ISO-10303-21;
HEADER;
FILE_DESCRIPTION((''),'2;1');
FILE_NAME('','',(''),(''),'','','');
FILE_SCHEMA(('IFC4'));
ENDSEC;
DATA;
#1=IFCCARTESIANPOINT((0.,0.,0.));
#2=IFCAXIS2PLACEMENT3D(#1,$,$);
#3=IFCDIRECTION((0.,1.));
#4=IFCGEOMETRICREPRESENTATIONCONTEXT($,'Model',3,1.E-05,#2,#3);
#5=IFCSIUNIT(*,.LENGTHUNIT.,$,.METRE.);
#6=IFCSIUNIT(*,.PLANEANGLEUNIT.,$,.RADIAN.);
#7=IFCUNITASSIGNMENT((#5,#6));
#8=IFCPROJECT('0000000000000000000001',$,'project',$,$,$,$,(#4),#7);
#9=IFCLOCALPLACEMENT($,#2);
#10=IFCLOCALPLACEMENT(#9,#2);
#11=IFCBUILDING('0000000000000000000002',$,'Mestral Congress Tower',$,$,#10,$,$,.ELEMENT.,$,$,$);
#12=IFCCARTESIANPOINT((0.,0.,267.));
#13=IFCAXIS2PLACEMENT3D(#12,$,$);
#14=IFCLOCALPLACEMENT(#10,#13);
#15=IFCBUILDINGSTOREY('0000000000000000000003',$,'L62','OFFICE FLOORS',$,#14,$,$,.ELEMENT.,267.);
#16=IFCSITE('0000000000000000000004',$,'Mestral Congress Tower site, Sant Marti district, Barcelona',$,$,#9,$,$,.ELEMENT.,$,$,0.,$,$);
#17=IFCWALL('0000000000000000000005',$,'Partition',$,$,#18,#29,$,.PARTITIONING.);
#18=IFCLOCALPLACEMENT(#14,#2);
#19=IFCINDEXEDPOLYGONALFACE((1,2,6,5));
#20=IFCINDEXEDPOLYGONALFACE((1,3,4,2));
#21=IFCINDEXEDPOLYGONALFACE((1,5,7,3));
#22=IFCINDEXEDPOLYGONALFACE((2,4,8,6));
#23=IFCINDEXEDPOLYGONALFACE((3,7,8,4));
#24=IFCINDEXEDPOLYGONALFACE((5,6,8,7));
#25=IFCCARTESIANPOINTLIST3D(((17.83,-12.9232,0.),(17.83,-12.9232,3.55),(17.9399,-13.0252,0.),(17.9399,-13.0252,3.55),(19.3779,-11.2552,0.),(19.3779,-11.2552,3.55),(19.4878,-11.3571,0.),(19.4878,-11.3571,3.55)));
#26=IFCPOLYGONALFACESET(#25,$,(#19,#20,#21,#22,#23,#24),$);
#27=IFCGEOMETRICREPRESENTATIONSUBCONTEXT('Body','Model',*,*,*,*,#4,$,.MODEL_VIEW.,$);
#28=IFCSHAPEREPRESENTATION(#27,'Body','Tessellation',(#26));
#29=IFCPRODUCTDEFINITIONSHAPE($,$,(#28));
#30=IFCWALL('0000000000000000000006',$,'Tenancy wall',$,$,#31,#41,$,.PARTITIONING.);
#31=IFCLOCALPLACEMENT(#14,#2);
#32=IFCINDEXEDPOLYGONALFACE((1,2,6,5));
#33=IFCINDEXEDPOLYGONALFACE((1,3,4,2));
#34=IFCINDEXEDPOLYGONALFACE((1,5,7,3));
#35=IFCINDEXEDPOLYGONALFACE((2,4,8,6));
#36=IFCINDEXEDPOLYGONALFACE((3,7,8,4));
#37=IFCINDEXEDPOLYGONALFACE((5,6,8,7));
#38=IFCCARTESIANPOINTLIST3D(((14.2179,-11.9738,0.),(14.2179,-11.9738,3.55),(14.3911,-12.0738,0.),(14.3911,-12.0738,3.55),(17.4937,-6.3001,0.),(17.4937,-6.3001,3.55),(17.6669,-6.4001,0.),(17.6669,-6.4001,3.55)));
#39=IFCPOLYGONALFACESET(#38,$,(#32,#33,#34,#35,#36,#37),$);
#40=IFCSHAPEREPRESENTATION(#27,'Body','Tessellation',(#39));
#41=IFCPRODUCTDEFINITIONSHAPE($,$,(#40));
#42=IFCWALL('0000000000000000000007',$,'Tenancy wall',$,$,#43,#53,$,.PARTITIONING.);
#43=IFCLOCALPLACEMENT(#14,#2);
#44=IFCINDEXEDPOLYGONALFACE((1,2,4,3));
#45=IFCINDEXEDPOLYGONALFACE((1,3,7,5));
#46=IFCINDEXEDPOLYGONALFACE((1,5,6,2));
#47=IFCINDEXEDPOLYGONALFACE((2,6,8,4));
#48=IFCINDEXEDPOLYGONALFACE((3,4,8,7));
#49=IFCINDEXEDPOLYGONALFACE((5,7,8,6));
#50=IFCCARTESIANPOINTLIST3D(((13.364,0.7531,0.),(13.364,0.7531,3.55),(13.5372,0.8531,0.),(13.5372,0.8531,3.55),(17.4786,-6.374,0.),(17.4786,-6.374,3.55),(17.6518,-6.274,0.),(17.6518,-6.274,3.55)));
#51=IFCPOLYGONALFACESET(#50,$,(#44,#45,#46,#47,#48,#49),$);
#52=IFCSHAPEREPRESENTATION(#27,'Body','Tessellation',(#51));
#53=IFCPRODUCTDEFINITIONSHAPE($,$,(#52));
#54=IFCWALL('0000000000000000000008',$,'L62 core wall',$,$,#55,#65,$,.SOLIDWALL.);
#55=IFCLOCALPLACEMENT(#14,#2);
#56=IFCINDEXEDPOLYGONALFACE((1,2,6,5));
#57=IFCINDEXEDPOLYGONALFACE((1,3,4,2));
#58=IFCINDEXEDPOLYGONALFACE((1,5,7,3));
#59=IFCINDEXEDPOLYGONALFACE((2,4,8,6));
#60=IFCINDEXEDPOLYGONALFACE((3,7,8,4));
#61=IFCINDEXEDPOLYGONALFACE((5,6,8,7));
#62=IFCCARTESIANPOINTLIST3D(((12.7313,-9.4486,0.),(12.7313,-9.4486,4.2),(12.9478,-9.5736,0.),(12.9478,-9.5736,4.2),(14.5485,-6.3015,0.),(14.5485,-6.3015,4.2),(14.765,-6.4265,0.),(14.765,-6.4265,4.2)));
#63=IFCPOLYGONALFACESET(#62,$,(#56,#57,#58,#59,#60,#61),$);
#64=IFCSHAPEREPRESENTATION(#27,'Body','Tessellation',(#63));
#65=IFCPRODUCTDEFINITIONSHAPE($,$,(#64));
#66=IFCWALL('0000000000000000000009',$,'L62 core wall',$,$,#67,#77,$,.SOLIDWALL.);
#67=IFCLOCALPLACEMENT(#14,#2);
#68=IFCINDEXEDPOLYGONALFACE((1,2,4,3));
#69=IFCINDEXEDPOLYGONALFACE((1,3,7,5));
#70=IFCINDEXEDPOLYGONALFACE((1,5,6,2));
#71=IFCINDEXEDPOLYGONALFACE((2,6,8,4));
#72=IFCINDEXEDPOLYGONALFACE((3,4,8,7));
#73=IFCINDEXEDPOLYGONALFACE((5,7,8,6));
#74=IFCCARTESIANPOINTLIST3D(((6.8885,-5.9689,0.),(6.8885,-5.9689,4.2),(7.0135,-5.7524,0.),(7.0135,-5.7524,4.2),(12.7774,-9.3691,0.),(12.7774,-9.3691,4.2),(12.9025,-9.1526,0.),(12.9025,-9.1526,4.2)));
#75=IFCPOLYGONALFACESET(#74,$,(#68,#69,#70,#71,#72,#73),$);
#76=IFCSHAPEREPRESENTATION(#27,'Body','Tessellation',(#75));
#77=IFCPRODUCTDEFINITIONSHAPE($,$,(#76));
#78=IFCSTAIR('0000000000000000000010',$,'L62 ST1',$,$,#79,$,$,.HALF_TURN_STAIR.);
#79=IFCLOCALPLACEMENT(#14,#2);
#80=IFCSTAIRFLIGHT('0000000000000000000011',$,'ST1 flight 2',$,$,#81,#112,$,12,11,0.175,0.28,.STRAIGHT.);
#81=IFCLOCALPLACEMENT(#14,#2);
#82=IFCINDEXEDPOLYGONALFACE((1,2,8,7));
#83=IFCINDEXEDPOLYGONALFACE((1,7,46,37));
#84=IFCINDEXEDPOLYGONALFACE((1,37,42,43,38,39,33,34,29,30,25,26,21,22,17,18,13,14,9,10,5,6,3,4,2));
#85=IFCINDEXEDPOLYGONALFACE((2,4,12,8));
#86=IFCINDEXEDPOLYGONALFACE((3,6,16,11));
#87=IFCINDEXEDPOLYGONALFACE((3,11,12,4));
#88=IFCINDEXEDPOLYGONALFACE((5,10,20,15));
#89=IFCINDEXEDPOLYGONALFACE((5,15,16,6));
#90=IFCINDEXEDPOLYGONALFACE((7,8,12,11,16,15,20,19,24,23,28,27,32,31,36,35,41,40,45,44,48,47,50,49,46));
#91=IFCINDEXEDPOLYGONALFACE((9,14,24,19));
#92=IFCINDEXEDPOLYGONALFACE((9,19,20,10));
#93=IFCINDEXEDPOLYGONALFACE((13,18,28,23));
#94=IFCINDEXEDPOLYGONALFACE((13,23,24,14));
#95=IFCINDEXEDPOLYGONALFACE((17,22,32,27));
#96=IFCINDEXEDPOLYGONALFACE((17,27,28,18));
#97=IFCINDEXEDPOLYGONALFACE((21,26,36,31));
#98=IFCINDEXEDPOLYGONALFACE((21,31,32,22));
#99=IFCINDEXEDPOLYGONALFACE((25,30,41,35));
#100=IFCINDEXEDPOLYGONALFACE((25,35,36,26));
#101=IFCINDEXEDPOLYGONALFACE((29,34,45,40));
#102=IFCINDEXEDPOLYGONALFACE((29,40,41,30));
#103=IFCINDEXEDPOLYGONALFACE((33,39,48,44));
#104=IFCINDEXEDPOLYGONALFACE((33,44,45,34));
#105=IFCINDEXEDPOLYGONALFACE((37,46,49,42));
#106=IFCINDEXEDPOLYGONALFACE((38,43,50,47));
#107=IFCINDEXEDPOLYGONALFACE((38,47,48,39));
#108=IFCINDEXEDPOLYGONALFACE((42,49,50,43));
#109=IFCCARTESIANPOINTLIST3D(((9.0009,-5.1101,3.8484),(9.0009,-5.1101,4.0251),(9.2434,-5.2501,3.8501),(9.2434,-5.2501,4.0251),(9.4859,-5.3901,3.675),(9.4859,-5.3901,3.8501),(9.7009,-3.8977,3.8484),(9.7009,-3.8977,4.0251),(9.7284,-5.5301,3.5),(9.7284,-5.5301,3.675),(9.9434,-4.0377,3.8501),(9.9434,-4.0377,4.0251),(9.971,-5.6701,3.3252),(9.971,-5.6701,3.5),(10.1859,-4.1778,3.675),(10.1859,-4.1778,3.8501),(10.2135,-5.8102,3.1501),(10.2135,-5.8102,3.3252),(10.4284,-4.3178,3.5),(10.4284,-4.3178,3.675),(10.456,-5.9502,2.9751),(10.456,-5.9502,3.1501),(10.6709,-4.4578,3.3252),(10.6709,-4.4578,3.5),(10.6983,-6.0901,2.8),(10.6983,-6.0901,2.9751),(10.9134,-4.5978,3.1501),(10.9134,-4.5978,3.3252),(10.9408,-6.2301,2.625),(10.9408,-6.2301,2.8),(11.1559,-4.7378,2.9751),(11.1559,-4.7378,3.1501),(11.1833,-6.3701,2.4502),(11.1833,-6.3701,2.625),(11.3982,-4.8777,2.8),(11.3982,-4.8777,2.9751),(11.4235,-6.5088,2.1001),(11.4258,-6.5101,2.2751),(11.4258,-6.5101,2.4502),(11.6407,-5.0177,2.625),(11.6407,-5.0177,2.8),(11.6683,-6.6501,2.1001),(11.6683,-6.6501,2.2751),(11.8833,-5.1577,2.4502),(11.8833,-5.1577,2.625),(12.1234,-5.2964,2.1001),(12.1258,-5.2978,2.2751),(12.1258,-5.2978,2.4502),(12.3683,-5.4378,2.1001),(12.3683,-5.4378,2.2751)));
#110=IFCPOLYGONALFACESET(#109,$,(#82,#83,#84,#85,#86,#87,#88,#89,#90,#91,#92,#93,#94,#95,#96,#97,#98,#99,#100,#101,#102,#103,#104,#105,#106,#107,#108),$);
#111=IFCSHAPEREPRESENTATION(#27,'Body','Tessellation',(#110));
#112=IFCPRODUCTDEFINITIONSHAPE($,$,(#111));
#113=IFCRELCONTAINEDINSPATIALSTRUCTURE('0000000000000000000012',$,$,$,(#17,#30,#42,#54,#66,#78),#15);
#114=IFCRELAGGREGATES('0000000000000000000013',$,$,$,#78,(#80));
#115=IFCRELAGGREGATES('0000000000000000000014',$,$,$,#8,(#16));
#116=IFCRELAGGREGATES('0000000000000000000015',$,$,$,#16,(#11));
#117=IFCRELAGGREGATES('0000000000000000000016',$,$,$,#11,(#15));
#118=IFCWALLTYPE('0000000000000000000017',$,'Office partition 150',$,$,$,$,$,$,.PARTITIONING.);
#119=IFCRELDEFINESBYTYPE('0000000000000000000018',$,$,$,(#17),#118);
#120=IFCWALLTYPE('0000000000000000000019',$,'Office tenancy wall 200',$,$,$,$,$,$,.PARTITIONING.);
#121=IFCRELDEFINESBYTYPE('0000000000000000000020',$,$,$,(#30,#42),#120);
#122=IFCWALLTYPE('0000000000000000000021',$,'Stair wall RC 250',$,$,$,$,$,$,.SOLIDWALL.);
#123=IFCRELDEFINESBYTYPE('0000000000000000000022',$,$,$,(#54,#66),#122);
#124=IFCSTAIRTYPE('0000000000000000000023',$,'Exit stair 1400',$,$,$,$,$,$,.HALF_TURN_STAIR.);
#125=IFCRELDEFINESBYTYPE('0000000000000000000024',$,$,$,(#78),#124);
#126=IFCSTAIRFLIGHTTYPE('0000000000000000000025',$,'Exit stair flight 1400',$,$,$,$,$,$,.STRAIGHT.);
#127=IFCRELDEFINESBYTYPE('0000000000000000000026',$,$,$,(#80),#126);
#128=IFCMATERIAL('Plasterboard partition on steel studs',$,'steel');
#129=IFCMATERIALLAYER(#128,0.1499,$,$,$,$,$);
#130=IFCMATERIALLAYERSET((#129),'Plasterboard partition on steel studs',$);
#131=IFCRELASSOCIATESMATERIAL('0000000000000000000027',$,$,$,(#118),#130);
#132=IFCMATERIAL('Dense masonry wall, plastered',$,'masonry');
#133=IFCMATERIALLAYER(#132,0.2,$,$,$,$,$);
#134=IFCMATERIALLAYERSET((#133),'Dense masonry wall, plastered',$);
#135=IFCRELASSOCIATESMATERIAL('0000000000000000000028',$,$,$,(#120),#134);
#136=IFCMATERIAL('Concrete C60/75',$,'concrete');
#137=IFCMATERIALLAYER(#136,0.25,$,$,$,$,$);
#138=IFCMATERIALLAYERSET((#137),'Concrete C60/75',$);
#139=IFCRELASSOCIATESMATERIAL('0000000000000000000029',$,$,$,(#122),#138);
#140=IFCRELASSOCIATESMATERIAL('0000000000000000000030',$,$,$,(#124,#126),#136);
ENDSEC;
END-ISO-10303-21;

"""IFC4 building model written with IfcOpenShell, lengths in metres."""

from ifc_helpers import new_model, si_unit, direction, frame, frame_2d, origin, place, context, subcontext, project, spatial, polyline, rectangle, outline, extrude, material, layer, layer_set, type_object, element, aggregate, save


model = new_model("IFC4")

# Units and contexts
model_context = context("Model", 3, precision=1e-05, world=origin(), true_north=direction((0.0, 1.0)))
body_context = subcontext(model_context, "Body", "Model", "MODEL_VIEW")
ifc_project = project(units=[si_unit("LENGTHUNIT", "METRE"), si_unit("PLANEANGLEUNIT", "RADIAN")], contexts=[model_context])

# Site, building, storey
site_placement = place(None, origin())
site = spatial("IfcSite", under=ifc_project, at=site_placement, Name="Mestral Congress Tower site, Sant Marti district, Barcelona", CompositionType="ELEMENT", RefElevation=0.0)
building_placement = place(site_placement, origin())
building = spatial("IfcBuilding", under=site, at=building_placement, Name="Mestral Congress Tower", CompositionType="ELEMENT")
storey_placement = place(building_placement, frame((0.0, 0.0, 267.0)))
storey = spatial("IfcBuildingStorey", under=building, at=storey_placement, Name="L62", Description="OFFICE FLOORS", CompositionType="ELEMENT", Elevation=267.0)

# Shared definitions
ifc_material_1 = material(Name="Concrete C60/75", Category="concrete")

# Shared definitions
ifc_material_2 = material(Name="Plasterboard partition on steel studs", Category="steel")
ifc_layer_1 = layer(ifc_material_2, 0.1499)
ifc_layer_set_1 = layer_set([ifc_layer_1], Name="Plasterboard partition on steel studs")
wall_type_1 = type_object("IfcWallType", Name="Office partition 150", PredefinedType="PARTITIONING", material=ifc_layer_set_1)

# Walls
wall_1_placement = place(storey_placement, frame((17.885, -12.9741, 0.0), z_axis=(0.0, 0.0, 1.0), x_axis=(0.680221, 0.733007, 0.0)))
element("IfcWall", 1, at=wall_1_placement, inside=storey, type_object=wall_type_1, Name="Partition", PredefinedType="PARTITIONING", context=body_context, shape_type="SweptSolid", body=[
    extrude(rectangle(XDim=2.2756, YDim=0.1499, at=frame_2d((1.1377, 0.0))), origin(), (0.0, 0.0, 1.0), 3.55),
])
ifc_material_3 = material(Name="Dense masonry wall, plastered", Category="masonry")
ifc_layer_2 = layer(ifc_material_3, 0.2)
ifc_layer_set_2 = layer_set([ifc_layer_2], Name="Dense masonry wall, plastered")
wall_type_2 = type_object("IfcWallType", Name="Office tenancy wall 200", PredefinedType="PARTITIONING", material=ifc_layer_set_2)
wall_2_placement = place(storey_placement, frame((14.3044, -12.0239, 0.0), z_axis=(0.0, 0.0, 1.0), x_axis=(0.500011, 0.866019, 0.0)))
element("IfcWall", 2, at=wall_2_placement, inside=storey, type_object=wall_type_2, Name="Tenancy wall", PredefinedType="PARTITIONING", context=body_context, shape_type="SweptSolid", body=[
    extrude(rectangle(XDim=6.5515, YDim=0.2, at=frame_2d((3.2759, 0.0))), origin(), (0.0, 0.0, 1.0), 3.55),
])
wall_3_placement = place(storey_placement, frame((17.5652, -6.324, 0.0), z_axis=(0.0, 0.0, 1.0), x_axis=(-0.499978, 0.866038, 0.0)))
element("IfcWall", 3, at=wall_3_placement, inside=storey, type_object=wall_type_2, Name="Tenancy wall", PredefinedType="PARTITIONING", context=body_context, shape_type="SweptSolid", body=[
    extrude(rectangle(XDim=8.2295, YDim=0.2, at=frame_2d((4.1147, 0.0))), origin(), (0.0, 0.0, 1.0), 3.55),
])
ifc_layer_3 = layer(ifc_material_1, 0.25)
ifc_layer_set_3 = layer_set([ifc_layer_3], Name="Concrete C60/75")
wall_type_3 = type_object("IfcWallType", Name="Stair wall RC 250", PredefinedType="SOLIDWALL", material=ifc_layer_set_3)
wall_4_placement = place(storey_placement, frame((12.8396, -9.511, 0.0), z_axis=(0.0, 0.0, 1.0), x_axis=(0.500048, 0.865998, 0.0)))
element("IfcWall", 4, at=wall_4_placement, inside=storey, type_object=wall_type_3, Name="L62 core wall", PredefinedType="SOLIDWALL", context=body_context, shape_type="SweptSolid", body=[
    extrude(rectangle(XDim=3.634, YDim=0.25, at=frame_2d((1.8169, 0.0))), origin(), (0.0, 0.0, 1.0), 4.2),
])
wall_5_placement = place(storey_placement, frame((12.8398, -9.2607, 0.0), z_axis=(0.0, 0.0, 1.0), x_axis=(-0.866014, 0.50002, 0.0)))
element("IfcWall", 5, at=wall_5_placement, inside=storey, type_object=wall_type_3, Name="L62 core wall", PredefinedType="SOLIDWALL", context=body_context, shape_type="SweptSolid", body=[
    extrude(rectangle(XDim=6.8, YDim=0.25, at=frame_2d((3.3999, 0.0))), origin(), (0.0, 0.0, 1.0), 4.2),
])

# Stair, stair flight
stair_type = type_object("IfcStairType", Name="Exit stair 1400", PredefinedType="HALF_TURN_STAIR", material=ifc_material_1)
stair_placement = place(storey_placement, origin())
stair = element("IfcStair", 6, at=stair_placement, inside=storey, type_object=stair_type, Name="L62 ST1", PredefinedType="HALF_TURN_STAIR")
stair_flight_type = type_object("IfcStairFlightType", Name="Exit stair flight 1400", PredefinedType="STRAIGHT", material=ifc_material_1)
stair_flight_placement = place(storey_placement, frame((12.0183, -6.0439, 2.1001), z_axis=(0.0, 0.0, 1.0), x_axis=(-0.866025, 0.5, 0.0)))
stair_flight = element("IfcStairFlight", 7, at=stair_flight_placement, type_object=stair_flight_type, Name="ST1 flight 2", NumberOfRisers=12, NumberOfTreads=11, PredefinedType="STRAIGHT", RiserHeight=0.175, TreadLength=0.28, context=body_context, shape_type="SweptSolid", body=[
    extrude(outline(polyline([(0.0, 0.0), (0.0, 0.175), (0.28, 0.175), (0.28, 0.3501), (0.5601, 0.3501), (0.5601, 0.5249), (0.8401, 0.5249), (0.8401, 0.7), (1.1201, 0.7), (1.1201, 0.875), (1.3999, 0.875), (1.3999, 1.05), (1.6799, 1.05), (1.6799, 1.2251), (1.96, 1.2251), (1.96, 1.3999), (2.24, 1.3999), (2.24, 1.575), (2.52, 1.575), (2.52, 1.75), (2.8, 1.75), (2.8, 1.925), (3.0801, 1.925), (3.0801, 2.1001), (3.0801, 1.7483), (0.2827, 0.0), (0.0, 0.0)])), frame((0.0, 0.7, 0.0), z_axis=(0.0, -1.0, 0.0), x_axis=(1.0, 0.0, 0.0)), (0.0, 0.0, 1.0), 1.3999),
])
aggregate(stair, [stair_flight])

save(model, "model.ifc")
